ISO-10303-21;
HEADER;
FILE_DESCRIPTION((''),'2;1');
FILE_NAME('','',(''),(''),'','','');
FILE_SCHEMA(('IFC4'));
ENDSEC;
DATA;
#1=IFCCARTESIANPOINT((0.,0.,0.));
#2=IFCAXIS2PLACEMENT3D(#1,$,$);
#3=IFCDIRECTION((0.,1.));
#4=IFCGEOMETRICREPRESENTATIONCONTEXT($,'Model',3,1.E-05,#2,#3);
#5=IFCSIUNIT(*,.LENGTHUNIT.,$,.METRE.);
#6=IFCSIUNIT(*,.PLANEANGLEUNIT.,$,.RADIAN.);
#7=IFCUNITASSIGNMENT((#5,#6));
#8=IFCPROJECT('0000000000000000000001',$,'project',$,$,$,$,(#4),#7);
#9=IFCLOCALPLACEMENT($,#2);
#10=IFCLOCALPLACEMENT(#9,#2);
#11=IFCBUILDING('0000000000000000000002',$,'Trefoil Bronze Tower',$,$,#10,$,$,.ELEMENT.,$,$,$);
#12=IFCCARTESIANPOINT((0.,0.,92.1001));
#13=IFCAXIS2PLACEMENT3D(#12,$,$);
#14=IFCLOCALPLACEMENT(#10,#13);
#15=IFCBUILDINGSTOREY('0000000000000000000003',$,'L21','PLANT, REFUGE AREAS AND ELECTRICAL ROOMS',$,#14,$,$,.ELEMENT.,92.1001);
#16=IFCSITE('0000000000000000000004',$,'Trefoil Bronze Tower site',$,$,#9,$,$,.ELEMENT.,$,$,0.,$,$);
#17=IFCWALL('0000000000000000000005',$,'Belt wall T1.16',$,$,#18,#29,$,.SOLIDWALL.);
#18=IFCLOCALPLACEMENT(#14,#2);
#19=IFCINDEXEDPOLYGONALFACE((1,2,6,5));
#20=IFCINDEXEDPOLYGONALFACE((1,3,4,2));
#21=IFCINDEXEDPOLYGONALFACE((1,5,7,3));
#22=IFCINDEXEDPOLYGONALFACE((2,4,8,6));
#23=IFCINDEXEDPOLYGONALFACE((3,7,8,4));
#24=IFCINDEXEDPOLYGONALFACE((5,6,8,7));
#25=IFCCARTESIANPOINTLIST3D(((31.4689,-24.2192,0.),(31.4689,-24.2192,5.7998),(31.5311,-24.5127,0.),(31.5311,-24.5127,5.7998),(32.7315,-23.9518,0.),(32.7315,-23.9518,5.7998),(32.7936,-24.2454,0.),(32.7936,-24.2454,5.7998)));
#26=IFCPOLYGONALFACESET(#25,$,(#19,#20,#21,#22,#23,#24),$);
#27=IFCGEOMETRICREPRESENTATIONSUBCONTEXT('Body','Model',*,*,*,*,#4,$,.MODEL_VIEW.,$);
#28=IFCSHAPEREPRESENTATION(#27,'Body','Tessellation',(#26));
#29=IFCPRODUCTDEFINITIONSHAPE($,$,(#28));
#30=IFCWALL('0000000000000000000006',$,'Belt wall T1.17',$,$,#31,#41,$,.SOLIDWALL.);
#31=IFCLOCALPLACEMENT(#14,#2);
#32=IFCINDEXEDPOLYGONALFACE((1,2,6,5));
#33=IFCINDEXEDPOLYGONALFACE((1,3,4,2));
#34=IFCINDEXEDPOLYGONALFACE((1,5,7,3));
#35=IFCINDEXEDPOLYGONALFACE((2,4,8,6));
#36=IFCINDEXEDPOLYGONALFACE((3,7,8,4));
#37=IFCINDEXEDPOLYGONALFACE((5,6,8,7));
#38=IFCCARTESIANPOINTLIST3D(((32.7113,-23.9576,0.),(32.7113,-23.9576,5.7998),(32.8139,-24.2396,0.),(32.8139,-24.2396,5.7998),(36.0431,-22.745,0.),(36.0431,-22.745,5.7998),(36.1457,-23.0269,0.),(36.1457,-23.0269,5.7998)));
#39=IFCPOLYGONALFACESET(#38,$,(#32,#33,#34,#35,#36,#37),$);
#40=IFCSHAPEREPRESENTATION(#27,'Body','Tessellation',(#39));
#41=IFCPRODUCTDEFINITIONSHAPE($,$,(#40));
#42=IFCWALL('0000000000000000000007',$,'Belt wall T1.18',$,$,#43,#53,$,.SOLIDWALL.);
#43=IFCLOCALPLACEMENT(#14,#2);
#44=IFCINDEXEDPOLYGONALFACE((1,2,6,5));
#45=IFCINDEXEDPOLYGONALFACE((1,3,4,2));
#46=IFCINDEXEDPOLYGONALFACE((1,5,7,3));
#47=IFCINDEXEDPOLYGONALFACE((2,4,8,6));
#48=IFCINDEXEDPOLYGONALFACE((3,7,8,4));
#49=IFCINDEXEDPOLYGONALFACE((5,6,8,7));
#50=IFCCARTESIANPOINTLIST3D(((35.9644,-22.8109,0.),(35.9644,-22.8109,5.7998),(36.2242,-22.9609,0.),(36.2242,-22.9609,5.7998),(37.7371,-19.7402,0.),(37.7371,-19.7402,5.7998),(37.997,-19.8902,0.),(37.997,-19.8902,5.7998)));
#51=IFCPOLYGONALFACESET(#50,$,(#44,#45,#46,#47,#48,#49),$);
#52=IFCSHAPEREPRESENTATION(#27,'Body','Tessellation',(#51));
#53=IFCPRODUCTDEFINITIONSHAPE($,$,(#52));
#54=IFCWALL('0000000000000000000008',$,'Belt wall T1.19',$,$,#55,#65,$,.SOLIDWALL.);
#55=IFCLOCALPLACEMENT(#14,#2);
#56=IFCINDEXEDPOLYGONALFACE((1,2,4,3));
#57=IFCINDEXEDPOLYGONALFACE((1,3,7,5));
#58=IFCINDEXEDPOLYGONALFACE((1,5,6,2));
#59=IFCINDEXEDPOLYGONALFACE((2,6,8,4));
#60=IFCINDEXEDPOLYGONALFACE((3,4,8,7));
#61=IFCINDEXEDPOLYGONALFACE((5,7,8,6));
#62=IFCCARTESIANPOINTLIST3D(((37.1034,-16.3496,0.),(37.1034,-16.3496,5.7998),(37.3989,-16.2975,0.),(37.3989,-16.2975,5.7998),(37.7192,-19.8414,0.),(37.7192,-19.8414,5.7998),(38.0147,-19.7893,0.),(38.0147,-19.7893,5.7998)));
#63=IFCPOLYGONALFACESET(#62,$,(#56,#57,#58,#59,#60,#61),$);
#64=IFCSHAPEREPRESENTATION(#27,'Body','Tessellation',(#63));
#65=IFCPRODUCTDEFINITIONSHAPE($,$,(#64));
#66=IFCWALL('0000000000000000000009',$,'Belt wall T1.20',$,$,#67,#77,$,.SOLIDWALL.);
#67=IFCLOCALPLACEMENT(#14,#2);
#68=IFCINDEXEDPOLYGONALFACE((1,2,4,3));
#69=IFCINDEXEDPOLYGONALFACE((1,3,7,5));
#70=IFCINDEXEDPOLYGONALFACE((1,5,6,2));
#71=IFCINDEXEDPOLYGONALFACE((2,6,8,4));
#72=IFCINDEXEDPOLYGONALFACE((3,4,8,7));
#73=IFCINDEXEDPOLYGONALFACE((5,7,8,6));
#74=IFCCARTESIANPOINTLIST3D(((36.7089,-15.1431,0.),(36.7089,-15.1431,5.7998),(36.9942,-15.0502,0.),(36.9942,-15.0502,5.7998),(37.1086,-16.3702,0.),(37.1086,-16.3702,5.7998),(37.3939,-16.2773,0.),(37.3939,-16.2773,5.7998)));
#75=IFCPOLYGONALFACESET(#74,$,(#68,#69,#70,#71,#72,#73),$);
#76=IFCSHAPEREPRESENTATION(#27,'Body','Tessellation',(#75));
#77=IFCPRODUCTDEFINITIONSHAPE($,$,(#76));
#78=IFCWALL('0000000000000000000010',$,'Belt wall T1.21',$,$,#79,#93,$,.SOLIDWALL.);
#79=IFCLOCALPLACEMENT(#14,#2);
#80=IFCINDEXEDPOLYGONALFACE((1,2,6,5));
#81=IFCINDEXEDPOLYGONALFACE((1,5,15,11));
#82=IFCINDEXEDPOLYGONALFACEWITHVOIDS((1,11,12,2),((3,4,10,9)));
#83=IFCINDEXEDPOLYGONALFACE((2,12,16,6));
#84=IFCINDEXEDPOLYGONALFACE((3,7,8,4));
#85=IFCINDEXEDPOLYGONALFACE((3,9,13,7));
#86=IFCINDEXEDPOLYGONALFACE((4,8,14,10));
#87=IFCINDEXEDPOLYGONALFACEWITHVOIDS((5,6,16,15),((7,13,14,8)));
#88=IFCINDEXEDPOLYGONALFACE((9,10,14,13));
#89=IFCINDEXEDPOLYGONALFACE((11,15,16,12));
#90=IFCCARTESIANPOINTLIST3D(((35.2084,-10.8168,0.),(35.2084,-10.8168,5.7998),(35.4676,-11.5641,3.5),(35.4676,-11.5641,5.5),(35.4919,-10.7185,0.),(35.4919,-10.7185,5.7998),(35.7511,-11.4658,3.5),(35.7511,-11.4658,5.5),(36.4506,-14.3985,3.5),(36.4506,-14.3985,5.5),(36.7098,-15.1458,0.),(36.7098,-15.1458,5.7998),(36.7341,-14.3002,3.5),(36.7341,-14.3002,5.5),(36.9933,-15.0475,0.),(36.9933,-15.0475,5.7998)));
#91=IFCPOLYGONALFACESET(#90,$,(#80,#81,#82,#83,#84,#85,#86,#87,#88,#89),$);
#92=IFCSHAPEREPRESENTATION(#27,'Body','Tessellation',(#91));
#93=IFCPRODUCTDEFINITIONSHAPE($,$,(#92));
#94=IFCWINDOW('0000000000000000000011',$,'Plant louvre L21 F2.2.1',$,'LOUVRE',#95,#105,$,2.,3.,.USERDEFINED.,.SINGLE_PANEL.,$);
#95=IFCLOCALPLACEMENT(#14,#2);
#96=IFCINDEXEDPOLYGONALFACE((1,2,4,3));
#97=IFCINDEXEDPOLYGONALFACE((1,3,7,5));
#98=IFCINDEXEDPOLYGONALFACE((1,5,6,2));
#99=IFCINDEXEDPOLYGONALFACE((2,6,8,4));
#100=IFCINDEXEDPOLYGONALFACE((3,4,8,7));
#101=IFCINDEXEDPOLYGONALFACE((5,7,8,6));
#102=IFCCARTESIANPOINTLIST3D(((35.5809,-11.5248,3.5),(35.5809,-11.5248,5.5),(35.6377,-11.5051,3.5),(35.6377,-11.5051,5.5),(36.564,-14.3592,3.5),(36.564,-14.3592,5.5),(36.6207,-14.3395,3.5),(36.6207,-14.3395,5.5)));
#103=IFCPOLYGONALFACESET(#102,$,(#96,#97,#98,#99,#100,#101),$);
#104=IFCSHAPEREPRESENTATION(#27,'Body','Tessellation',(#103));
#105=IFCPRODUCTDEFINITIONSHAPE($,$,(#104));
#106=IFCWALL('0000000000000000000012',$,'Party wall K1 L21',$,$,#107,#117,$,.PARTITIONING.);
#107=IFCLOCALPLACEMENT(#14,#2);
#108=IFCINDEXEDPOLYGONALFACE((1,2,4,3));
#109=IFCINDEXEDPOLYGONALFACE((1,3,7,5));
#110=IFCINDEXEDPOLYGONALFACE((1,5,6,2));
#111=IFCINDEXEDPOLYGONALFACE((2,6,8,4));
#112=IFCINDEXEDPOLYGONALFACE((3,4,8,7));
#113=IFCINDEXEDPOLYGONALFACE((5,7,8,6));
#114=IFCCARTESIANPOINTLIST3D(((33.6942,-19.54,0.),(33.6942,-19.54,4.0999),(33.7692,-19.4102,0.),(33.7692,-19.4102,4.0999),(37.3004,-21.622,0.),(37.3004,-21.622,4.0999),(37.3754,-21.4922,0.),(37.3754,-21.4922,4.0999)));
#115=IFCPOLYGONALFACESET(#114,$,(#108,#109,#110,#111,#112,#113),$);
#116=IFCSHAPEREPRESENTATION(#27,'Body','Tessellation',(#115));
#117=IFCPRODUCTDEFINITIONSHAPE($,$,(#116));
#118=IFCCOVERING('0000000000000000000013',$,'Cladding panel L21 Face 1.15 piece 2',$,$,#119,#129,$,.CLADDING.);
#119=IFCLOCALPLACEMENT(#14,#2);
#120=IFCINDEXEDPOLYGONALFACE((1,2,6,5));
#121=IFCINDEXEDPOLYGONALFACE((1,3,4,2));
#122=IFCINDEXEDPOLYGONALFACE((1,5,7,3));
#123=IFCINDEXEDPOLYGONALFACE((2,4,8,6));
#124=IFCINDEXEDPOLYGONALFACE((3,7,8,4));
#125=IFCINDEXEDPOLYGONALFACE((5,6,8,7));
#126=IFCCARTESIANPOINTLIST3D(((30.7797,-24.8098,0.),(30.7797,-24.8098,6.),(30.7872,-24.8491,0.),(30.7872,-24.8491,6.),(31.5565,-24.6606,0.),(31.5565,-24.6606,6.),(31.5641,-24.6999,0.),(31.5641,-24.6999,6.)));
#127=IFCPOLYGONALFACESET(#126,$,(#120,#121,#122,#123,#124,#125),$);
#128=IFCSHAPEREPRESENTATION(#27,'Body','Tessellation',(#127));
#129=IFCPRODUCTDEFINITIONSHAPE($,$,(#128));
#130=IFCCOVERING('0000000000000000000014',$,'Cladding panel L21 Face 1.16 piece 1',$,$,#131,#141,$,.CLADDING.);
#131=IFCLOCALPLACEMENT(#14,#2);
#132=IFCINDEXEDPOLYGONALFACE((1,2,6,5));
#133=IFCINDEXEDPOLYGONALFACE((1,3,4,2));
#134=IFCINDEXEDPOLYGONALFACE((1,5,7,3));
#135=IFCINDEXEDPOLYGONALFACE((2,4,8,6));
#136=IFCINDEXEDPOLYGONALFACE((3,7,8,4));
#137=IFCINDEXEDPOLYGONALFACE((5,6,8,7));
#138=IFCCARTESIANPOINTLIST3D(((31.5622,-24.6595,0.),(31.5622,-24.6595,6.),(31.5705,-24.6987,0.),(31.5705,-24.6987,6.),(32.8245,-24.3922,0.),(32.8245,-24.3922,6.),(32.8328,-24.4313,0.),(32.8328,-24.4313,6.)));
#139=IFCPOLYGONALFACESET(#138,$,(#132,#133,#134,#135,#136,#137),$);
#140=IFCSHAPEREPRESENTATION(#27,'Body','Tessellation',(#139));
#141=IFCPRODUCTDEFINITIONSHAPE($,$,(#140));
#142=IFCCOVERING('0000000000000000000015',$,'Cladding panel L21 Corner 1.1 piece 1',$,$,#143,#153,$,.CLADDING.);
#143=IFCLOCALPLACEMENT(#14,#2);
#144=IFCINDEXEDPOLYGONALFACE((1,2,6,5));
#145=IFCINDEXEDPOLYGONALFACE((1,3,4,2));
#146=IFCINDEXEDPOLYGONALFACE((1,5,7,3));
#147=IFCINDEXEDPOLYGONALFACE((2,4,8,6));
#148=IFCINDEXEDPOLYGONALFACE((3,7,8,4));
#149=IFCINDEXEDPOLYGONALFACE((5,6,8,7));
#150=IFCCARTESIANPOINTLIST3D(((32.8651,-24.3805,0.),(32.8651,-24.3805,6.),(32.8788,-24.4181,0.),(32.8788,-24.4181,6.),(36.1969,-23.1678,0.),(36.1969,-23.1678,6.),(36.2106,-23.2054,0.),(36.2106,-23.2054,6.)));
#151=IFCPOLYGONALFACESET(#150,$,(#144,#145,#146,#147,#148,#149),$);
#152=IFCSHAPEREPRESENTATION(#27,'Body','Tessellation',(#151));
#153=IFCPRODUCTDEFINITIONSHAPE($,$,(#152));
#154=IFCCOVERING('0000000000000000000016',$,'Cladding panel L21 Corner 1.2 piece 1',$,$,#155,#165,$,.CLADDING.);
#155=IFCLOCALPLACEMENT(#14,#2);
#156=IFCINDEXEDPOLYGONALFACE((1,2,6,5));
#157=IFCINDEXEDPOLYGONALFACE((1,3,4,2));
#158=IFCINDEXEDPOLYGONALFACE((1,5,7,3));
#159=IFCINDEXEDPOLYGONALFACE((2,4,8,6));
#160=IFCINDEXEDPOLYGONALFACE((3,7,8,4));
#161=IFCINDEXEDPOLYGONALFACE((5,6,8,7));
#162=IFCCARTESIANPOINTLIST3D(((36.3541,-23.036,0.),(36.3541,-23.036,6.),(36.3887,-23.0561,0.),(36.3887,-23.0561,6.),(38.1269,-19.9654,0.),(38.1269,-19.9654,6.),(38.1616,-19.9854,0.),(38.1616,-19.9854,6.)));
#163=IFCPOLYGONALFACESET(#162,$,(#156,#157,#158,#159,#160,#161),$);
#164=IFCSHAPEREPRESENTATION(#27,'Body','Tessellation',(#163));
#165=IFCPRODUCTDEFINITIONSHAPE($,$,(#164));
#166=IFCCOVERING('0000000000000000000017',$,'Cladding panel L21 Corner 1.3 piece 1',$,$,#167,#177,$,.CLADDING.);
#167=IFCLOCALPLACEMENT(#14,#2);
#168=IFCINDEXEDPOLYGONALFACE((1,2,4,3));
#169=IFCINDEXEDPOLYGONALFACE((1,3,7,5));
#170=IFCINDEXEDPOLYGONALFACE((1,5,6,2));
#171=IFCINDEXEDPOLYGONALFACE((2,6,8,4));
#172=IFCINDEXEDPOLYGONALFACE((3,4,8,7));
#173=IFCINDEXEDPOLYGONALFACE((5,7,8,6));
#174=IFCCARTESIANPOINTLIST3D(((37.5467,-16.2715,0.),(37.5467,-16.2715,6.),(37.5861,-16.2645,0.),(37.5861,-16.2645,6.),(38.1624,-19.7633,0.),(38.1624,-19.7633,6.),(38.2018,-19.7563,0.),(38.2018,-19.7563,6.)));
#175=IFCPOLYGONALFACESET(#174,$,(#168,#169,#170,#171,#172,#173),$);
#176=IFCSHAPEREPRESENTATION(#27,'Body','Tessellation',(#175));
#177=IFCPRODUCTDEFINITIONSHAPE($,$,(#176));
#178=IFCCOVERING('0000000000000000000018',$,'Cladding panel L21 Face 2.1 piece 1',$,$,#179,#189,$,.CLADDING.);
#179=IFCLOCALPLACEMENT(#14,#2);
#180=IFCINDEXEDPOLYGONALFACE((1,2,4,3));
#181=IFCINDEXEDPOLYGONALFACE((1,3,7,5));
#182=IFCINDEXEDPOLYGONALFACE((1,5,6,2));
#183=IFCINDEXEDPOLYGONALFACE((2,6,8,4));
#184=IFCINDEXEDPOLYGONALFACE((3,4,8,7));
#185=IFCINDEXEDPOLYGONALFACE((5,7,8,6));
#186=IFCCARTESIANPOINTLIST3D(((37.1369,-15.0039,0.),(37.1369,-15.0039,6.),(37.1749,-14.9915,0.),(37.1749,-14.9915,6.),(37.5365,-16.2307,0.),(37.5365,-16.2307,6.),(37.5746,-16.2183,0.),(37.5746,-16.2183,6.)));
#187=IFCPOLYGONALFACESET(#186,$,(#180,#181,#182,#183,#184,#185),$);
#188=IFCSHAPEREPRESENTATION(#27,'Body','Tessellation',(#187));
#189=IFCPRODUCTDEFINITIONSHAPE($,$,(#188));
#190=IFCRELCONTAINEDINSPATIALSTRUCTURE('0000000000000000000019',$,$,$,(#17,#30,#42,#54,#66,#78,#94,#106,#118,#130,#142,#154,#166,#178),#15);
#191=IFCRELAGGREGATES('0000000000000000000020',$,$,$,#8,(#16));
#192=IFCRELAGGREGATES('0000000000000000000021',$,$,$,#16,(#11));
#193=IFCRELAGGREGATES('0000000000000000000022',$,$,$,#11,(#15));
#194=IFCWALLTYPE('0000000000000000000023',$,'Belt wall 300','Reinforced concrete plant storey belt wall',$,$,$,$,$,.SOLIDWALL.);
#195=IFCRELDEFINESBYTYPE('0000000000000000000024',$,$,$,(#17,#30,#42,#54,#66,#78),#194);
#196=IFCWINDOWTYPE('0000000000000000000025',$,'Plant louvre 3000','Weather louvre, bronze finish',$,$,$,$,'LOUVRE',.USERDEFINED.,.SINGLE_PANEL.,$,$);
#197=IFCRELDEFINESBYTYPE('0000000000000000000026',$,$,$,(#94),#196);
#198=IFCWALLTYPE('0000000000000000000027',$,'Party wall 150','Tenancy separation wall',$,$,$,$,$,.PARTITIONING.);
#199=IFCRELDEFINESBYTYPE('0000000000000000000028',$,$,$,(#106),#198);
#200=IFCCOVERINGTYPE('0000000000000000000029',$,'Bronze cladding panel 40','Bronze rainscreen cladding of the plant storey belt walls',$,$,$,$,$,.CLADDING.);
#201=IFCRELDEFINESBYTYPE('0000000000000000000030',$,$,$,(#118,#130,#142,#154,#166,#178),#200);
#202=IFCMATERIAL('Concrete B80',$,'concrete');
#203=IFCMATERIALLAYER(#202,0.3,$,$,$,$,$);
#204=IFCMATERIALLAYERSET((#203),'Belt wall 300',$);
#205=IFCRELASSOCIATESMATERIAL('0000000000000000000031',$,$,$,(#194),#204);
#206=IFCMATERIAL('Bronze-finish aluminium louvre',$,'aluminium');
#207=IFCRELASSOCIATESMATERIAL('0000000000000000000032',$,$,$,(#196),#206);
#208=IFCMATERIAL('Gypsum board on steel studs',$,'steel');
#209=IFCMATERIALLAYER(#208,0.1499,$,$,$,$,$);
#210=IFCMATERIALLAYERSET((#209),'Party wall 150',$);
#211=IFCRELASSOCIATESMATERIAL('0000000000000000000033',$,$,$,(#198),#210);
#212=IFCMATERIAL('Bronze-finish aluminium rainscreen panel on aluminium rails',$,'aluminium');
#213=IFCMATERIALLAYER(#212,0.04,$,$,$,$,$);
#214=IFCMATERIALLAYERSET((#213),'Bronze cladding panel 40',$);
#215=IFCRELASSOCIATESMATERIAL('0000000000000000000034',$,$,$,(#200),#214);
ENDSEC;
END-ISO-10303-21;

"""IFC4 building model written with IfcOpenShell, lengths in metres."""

from ifc_helpers import new_model, si_unit, direction, frame, frame_2d, origin, origin_2d, place, context, subcontext, project, spatial, rectangle, extrude, material, layer, layer_set, type_object, element, fill, save


model = new_model("IFC4")

# Units and contexts
model_context = context("Model", 3, precision=1e-05, world=origin(), true_north=direction((0.0, 1.0)))
body_context = subcontext(model_context, "Body", "Model", "MODEL_VIEW")
ifc_project = project(units=[si_unit("LENGTHUNIT", "METRE"), si_unit("PLANEANGLEUNIT", "RADIAN")], contexts=[model_context])

# Site, building, storey
site_placement = place(None, origin())
site = spatial("IfcSite", under=ifc_project, at=site_placement, Name="Trefoil Bronze Tower site", CompositionType="ELEMENT", RefElevation=0.0)
building_placement = place(site_placement, origin())
building = spatial("IfcBuilding", under=site, at=building_placement, Name="Trefoil Bronze Tower", CompositionType="ELEMENT")
storey_placement = place(building_placement, frame((0.0, 0.0, 92.1001)))
storey = spatial("IfcBuildingStorey", under=building, at=storey_placement, Name="L21", Description="PLANT, REFUGE AREAS AND ELECTRICAL ROOMS", CompositionType="ELEMENT", Elevation=92.1001)

# Walls
ifc_material_1 = material(Name="Concrete B80", Category="concrete")
ifc_layer_1 = layer(ifc_material_1, 0.3)
ifc_layer_set_1 = layer_set([ifc_layer_1], Name="Belt wall 300")
wall_type_1 = type_object("IfcWallType", Name="Belt wall 300", Description="Reinforced concrete plant storey belt wall", PredefinedType="SOLIDWALL", material=ifc_layer_set_1)
wall_1_placement = place(storey_placement, frame((31.5, -24.366, 0.0), z_axis=(0.0, 0.0, 1.0), x_axis=(0.978306, 0.207164, 0.0)))
element("IfcWall", 1, at=wall_1_placement, inside=storey, type_object=wall_type_1, Name="Belt wall T1.16", PredefinedType="SOLIDWALL", context=body_context, shape_type="SweptSolid", body=[
    extrude(rectangle(XDim=1.2905, YDim=0.3, at=frame_2d((0.6453, 0.0))), origin(), (0.0, 0.0, 1.0), 5.7998),
])
for number, where, z_axis, x_axis, name in (
    (2, (32.7625, -24.0986, 0.0), (0.0, 0.0, 1.0), (0.939695, 0.342014, 0.0), "Belt wall T1.17"),
    (3, (36.0942, -22.886, 0.0), (0.0, 0.0, 1.0), (0.499983, 0.866035, 0.0), "Belt wall T1.18"),
    (4, (37.8669, -19.8154, 0.0), (0.0, 0.0, 1.0), (-0.17366, 0.984806, 0.0), "Belt wall T1.19"),
):
    element("IfcWall", number, at=place(storey_placement, frame(where, z_axis=z_axis, x_axis=x_axis)), inside=storey, type_object=wall_type_1, Name=name, PredefinedType="SOLIDWALL", context=body_context, shape_type="SweptSolid", body=[
        extrude(rectangle(XDim=3.5457, YDim=0.3, at=frame_2d((1.7729, 0.0))), origin(), (0.0, 0.0, 1.0), 5.7998),
    ])
wall_2_placement = place(storey_placement, frame((37.2512, -16.3237, 0.0), z_axis=(0.0, 0.0, 1.0), x_axis=(-0.309693, 0.950836, 0.0)))
element("IfcWall", 5, at=wall_2_placement, inside=storey, type_object=wall_type_1, Name="Belt wall T1.20", PredefinedType="SOLIDWALL", context=body_context, shape_type="SweptSolid", body=[
    extrude(rectangle(XDim=1.2905, YDim=0.3, at=frame_2d((0.6453, 0.0))), origin(), (0.0, 0.0, 1.0), 5.7998),
])

# Wall, opening, window
wall_3_placement = place(storey_placement, frame((36.8516, -15.0967, 0.0), z_axis=(0.0, 0.0, 1.0), x_axis=(-0.327681, 0.944788, 0.0)))
wall_3 = element("IfcWall", 6, at=wall_3_placement, inside=storey, type_object=wall_type_1, Name="Belt wall T1.21", PredefinedType="SOLIDWALL", context=body_context, shape_type="SweptSolid", body=[
    extrude(rectangle(XDim=4.582, YDim=0.3, at=frame_2d((2.291, 0.0))), origin(), (0.0, 0.0, 1.0), 5.7998),
])
opening_placement = place(wall_3_placement, frame((0.791, 0.0, 3.5)))
opening = element("IfcOpeningElement", 7, at=opening_placement, cuts=wall_3, PredefinedType="OPENING", context=body_context, shape_type="SweptSolid", body=[
    extrude(rectangle(XDim=3.0, YDim=2.0, at=frame_2d((1.5, 1.0))), frame((0.0, 0.1599, 0.0), z_axis=(0.0, -1.0, 0.0), x_axis=(1.0, 0.0, 0.0)), (0.0, 0.0, 1.0), 0.3201),
])
ifc_material_2 = material(Name="Bronze-finish aluminium louvre", Category="aluminium")
window_type = type_object("IfcWindowType", Name="Plant louvre 3000", Description="Weather louvre, bronze finish", ElementType="LOUVRE", PartitioningType="SINGLE_PANEL", PredefinedType="USERDEFINED", material=ifc_material_2)
window_placement = place(opening_placement, origin())
window = element("IfcWindow", 8, at=window_placement, inside=storey, type_object=window_type, Name="Plant louvre L21 F2.2.1", ObjectType="LOUVRE", OverallHeight=2.0, OverallWidth=3.0, PartitioningType="SINGLE_PANEL", PredefinedType="USERDEFINED", context=body_context, shape_type="SweptSolid", body=[
    extrude(rectangle(XDim=3.0, YDim=2.0, at=frame_2d((1.5, 1.0))), frame((0.0, 0.03, 0.0), z_axis=(0.0, -1.0, 0.0), x_axis=(1.0, 0.0, 0.0)), (0.0, 0.0, 1.0), 0.0601),
])
fill(opening, window)

# Wall
ifc_material_3 = material(Name="Gypsum board on steel studs", Category="steel")
ifc_layer_2 = layer(ifc_material_3, 0.1499)
ifc_layer_set_2 = layer_set([ifc_layer_2], Name="Party wall 150")
wall_type_2 = type_object("IfcWallType", Name="Party wall 150", Description="Tenancy separation wall", PredefinedType="PARTITIONING", material=ifc_layer_set_2)
wall_4_placement = place(storey_placement, frame((33.7317, -19.4751, 0.0), z_axis=(0.0, 0.0, 1.0), x_axis=(0.866026, -0.499998, 0.0)))
element("IfcWall", 9, at=wall_4_placement, inside=storey, type_object=wall_type_2, Name="Party wall K1 L21", PredefinedType="PARTITIONING", context=body_context, shape_type="SweptSolid", body=[
    extrude(rectangle(XDim=4.1641, YDim=0.1499, at=frame_2d((2.082, 0.0))), origin(), (0.0, 0.0, 1.0), 4.0999),
])

# Coverings
ifc_material_4 = material(Name="Bronze-finish aluminium rainscreen panel on aluminium rails", Category="aluminium")
ifc_layer_3 = layer(ifc_material_4, 0.04)
ifc_layer_set_3 = layer_set([ifc_layer_3], Name="Bronze cladding panel 40")
covering_type_1 = type_object("IfcCoveringType", Name="Bronze cladding panel 40", Description="Bronze rainscreen cladding of the plant storey belt walls", PredefinedType="CLADDING", material=ifc_layer_set_3)
covering_1_placement = place(storey_placement, frame((31.1719, -24.7549, 0.0), z_axis=(0.0, 0.0, 1.0), x_axis=(0.98205, 0.188622, 0.0)))
element("IfcCovering", 10, at=covering_1_placement, inside=storey, type_object=covering_type_1, Name="Cladding panel L21 Face 1.15 piece 2", PredefinedType="CLADDING", context=body_context, shape_type="SweptSolid", body=[
    extrude(rectangle(XDim=0.791, YDim=0.04, at=origin_2d()), origin(), (0.0, 0.0, 1.0), 6.0),
])
covering_2_placement = place(storey_placement, frame((32.1975, -24.5454, 0.0), z_axis=(0.0, 0.0, 1.0), x_axis=(0.978303, 0.207181, 0.0)))
element("IfcCovering", 11, at=covering_2_placement, inside=storey, type_object=covering_type_1, Name="Cladding panel L21 Face 1.16 piece 1", PredefinedType="CLADDING", context=body_context, shape_type="SweptSolid", body=[
    extrude(rectangle(XDim=1.2903, YDim=0.04, at=origin_2d()), origin(), (0.0, 0.0, 1.0), 6.0),
])
for number, where, z_axis, x_axis, name in (
    (12, (34.5378, -23.793, 0.0), (0.0, 0.0, 1.0), (0.939693, 0.34202, 0.0), "Cladding panel L21 Corner 1.1 piece 1"),
    (13, (37.2578, -21.5107, 0.0), (0.0, 0.0, 1.0), (0.5, 0.866025, 0.0), "Cladding panel L21 Corner 1.2 piece 1"),
    (14, (37.8743, -18.0139, 0.0), (0.0, 0.0, 1.0), (-0.173648, 0.984808, 0.0), "Cladding panel L21 Corner 1.3 piece 1"),
):
    element("IfcCovering", number, at=place(storey_placement, frame(where, z_axis=z_axis, x_axis=x_axis)), inside=storey, type_object=covering_type_1, Name=name, PredefinedType="CLADDING", context=body_context, shape_type="SweptSolid", body=[
        extrude(rectangle(XDim=3.5457, YDim=0.04, at=origin_2d()), origin(), (0.0, 0.0, 1.0), 6.0),
    ])
covering_3_placement = place(storey_placement, frame((37.3557, -15.6111, 0.0), z_axis=(0.0, 0.0, 1.0), x_axis=(-0.309728, 0.950825, 0.0)))
element("IfcCovering", 15, at=covering_3_placement, inside=storey, type_object=covering_type_1, Name="Cladding panel L21 Face 2.1 piece 1", PredefinedType="CLADDING", context=body_context, shape_type="SweptSolid", body=[
    extrude(rectangle(XDim=1.2903, YDim=0.04, at=origin_2d()), origin(), (0.0, 0.0, 1.0), 6.0),
])

save(model, "model.ifc")
